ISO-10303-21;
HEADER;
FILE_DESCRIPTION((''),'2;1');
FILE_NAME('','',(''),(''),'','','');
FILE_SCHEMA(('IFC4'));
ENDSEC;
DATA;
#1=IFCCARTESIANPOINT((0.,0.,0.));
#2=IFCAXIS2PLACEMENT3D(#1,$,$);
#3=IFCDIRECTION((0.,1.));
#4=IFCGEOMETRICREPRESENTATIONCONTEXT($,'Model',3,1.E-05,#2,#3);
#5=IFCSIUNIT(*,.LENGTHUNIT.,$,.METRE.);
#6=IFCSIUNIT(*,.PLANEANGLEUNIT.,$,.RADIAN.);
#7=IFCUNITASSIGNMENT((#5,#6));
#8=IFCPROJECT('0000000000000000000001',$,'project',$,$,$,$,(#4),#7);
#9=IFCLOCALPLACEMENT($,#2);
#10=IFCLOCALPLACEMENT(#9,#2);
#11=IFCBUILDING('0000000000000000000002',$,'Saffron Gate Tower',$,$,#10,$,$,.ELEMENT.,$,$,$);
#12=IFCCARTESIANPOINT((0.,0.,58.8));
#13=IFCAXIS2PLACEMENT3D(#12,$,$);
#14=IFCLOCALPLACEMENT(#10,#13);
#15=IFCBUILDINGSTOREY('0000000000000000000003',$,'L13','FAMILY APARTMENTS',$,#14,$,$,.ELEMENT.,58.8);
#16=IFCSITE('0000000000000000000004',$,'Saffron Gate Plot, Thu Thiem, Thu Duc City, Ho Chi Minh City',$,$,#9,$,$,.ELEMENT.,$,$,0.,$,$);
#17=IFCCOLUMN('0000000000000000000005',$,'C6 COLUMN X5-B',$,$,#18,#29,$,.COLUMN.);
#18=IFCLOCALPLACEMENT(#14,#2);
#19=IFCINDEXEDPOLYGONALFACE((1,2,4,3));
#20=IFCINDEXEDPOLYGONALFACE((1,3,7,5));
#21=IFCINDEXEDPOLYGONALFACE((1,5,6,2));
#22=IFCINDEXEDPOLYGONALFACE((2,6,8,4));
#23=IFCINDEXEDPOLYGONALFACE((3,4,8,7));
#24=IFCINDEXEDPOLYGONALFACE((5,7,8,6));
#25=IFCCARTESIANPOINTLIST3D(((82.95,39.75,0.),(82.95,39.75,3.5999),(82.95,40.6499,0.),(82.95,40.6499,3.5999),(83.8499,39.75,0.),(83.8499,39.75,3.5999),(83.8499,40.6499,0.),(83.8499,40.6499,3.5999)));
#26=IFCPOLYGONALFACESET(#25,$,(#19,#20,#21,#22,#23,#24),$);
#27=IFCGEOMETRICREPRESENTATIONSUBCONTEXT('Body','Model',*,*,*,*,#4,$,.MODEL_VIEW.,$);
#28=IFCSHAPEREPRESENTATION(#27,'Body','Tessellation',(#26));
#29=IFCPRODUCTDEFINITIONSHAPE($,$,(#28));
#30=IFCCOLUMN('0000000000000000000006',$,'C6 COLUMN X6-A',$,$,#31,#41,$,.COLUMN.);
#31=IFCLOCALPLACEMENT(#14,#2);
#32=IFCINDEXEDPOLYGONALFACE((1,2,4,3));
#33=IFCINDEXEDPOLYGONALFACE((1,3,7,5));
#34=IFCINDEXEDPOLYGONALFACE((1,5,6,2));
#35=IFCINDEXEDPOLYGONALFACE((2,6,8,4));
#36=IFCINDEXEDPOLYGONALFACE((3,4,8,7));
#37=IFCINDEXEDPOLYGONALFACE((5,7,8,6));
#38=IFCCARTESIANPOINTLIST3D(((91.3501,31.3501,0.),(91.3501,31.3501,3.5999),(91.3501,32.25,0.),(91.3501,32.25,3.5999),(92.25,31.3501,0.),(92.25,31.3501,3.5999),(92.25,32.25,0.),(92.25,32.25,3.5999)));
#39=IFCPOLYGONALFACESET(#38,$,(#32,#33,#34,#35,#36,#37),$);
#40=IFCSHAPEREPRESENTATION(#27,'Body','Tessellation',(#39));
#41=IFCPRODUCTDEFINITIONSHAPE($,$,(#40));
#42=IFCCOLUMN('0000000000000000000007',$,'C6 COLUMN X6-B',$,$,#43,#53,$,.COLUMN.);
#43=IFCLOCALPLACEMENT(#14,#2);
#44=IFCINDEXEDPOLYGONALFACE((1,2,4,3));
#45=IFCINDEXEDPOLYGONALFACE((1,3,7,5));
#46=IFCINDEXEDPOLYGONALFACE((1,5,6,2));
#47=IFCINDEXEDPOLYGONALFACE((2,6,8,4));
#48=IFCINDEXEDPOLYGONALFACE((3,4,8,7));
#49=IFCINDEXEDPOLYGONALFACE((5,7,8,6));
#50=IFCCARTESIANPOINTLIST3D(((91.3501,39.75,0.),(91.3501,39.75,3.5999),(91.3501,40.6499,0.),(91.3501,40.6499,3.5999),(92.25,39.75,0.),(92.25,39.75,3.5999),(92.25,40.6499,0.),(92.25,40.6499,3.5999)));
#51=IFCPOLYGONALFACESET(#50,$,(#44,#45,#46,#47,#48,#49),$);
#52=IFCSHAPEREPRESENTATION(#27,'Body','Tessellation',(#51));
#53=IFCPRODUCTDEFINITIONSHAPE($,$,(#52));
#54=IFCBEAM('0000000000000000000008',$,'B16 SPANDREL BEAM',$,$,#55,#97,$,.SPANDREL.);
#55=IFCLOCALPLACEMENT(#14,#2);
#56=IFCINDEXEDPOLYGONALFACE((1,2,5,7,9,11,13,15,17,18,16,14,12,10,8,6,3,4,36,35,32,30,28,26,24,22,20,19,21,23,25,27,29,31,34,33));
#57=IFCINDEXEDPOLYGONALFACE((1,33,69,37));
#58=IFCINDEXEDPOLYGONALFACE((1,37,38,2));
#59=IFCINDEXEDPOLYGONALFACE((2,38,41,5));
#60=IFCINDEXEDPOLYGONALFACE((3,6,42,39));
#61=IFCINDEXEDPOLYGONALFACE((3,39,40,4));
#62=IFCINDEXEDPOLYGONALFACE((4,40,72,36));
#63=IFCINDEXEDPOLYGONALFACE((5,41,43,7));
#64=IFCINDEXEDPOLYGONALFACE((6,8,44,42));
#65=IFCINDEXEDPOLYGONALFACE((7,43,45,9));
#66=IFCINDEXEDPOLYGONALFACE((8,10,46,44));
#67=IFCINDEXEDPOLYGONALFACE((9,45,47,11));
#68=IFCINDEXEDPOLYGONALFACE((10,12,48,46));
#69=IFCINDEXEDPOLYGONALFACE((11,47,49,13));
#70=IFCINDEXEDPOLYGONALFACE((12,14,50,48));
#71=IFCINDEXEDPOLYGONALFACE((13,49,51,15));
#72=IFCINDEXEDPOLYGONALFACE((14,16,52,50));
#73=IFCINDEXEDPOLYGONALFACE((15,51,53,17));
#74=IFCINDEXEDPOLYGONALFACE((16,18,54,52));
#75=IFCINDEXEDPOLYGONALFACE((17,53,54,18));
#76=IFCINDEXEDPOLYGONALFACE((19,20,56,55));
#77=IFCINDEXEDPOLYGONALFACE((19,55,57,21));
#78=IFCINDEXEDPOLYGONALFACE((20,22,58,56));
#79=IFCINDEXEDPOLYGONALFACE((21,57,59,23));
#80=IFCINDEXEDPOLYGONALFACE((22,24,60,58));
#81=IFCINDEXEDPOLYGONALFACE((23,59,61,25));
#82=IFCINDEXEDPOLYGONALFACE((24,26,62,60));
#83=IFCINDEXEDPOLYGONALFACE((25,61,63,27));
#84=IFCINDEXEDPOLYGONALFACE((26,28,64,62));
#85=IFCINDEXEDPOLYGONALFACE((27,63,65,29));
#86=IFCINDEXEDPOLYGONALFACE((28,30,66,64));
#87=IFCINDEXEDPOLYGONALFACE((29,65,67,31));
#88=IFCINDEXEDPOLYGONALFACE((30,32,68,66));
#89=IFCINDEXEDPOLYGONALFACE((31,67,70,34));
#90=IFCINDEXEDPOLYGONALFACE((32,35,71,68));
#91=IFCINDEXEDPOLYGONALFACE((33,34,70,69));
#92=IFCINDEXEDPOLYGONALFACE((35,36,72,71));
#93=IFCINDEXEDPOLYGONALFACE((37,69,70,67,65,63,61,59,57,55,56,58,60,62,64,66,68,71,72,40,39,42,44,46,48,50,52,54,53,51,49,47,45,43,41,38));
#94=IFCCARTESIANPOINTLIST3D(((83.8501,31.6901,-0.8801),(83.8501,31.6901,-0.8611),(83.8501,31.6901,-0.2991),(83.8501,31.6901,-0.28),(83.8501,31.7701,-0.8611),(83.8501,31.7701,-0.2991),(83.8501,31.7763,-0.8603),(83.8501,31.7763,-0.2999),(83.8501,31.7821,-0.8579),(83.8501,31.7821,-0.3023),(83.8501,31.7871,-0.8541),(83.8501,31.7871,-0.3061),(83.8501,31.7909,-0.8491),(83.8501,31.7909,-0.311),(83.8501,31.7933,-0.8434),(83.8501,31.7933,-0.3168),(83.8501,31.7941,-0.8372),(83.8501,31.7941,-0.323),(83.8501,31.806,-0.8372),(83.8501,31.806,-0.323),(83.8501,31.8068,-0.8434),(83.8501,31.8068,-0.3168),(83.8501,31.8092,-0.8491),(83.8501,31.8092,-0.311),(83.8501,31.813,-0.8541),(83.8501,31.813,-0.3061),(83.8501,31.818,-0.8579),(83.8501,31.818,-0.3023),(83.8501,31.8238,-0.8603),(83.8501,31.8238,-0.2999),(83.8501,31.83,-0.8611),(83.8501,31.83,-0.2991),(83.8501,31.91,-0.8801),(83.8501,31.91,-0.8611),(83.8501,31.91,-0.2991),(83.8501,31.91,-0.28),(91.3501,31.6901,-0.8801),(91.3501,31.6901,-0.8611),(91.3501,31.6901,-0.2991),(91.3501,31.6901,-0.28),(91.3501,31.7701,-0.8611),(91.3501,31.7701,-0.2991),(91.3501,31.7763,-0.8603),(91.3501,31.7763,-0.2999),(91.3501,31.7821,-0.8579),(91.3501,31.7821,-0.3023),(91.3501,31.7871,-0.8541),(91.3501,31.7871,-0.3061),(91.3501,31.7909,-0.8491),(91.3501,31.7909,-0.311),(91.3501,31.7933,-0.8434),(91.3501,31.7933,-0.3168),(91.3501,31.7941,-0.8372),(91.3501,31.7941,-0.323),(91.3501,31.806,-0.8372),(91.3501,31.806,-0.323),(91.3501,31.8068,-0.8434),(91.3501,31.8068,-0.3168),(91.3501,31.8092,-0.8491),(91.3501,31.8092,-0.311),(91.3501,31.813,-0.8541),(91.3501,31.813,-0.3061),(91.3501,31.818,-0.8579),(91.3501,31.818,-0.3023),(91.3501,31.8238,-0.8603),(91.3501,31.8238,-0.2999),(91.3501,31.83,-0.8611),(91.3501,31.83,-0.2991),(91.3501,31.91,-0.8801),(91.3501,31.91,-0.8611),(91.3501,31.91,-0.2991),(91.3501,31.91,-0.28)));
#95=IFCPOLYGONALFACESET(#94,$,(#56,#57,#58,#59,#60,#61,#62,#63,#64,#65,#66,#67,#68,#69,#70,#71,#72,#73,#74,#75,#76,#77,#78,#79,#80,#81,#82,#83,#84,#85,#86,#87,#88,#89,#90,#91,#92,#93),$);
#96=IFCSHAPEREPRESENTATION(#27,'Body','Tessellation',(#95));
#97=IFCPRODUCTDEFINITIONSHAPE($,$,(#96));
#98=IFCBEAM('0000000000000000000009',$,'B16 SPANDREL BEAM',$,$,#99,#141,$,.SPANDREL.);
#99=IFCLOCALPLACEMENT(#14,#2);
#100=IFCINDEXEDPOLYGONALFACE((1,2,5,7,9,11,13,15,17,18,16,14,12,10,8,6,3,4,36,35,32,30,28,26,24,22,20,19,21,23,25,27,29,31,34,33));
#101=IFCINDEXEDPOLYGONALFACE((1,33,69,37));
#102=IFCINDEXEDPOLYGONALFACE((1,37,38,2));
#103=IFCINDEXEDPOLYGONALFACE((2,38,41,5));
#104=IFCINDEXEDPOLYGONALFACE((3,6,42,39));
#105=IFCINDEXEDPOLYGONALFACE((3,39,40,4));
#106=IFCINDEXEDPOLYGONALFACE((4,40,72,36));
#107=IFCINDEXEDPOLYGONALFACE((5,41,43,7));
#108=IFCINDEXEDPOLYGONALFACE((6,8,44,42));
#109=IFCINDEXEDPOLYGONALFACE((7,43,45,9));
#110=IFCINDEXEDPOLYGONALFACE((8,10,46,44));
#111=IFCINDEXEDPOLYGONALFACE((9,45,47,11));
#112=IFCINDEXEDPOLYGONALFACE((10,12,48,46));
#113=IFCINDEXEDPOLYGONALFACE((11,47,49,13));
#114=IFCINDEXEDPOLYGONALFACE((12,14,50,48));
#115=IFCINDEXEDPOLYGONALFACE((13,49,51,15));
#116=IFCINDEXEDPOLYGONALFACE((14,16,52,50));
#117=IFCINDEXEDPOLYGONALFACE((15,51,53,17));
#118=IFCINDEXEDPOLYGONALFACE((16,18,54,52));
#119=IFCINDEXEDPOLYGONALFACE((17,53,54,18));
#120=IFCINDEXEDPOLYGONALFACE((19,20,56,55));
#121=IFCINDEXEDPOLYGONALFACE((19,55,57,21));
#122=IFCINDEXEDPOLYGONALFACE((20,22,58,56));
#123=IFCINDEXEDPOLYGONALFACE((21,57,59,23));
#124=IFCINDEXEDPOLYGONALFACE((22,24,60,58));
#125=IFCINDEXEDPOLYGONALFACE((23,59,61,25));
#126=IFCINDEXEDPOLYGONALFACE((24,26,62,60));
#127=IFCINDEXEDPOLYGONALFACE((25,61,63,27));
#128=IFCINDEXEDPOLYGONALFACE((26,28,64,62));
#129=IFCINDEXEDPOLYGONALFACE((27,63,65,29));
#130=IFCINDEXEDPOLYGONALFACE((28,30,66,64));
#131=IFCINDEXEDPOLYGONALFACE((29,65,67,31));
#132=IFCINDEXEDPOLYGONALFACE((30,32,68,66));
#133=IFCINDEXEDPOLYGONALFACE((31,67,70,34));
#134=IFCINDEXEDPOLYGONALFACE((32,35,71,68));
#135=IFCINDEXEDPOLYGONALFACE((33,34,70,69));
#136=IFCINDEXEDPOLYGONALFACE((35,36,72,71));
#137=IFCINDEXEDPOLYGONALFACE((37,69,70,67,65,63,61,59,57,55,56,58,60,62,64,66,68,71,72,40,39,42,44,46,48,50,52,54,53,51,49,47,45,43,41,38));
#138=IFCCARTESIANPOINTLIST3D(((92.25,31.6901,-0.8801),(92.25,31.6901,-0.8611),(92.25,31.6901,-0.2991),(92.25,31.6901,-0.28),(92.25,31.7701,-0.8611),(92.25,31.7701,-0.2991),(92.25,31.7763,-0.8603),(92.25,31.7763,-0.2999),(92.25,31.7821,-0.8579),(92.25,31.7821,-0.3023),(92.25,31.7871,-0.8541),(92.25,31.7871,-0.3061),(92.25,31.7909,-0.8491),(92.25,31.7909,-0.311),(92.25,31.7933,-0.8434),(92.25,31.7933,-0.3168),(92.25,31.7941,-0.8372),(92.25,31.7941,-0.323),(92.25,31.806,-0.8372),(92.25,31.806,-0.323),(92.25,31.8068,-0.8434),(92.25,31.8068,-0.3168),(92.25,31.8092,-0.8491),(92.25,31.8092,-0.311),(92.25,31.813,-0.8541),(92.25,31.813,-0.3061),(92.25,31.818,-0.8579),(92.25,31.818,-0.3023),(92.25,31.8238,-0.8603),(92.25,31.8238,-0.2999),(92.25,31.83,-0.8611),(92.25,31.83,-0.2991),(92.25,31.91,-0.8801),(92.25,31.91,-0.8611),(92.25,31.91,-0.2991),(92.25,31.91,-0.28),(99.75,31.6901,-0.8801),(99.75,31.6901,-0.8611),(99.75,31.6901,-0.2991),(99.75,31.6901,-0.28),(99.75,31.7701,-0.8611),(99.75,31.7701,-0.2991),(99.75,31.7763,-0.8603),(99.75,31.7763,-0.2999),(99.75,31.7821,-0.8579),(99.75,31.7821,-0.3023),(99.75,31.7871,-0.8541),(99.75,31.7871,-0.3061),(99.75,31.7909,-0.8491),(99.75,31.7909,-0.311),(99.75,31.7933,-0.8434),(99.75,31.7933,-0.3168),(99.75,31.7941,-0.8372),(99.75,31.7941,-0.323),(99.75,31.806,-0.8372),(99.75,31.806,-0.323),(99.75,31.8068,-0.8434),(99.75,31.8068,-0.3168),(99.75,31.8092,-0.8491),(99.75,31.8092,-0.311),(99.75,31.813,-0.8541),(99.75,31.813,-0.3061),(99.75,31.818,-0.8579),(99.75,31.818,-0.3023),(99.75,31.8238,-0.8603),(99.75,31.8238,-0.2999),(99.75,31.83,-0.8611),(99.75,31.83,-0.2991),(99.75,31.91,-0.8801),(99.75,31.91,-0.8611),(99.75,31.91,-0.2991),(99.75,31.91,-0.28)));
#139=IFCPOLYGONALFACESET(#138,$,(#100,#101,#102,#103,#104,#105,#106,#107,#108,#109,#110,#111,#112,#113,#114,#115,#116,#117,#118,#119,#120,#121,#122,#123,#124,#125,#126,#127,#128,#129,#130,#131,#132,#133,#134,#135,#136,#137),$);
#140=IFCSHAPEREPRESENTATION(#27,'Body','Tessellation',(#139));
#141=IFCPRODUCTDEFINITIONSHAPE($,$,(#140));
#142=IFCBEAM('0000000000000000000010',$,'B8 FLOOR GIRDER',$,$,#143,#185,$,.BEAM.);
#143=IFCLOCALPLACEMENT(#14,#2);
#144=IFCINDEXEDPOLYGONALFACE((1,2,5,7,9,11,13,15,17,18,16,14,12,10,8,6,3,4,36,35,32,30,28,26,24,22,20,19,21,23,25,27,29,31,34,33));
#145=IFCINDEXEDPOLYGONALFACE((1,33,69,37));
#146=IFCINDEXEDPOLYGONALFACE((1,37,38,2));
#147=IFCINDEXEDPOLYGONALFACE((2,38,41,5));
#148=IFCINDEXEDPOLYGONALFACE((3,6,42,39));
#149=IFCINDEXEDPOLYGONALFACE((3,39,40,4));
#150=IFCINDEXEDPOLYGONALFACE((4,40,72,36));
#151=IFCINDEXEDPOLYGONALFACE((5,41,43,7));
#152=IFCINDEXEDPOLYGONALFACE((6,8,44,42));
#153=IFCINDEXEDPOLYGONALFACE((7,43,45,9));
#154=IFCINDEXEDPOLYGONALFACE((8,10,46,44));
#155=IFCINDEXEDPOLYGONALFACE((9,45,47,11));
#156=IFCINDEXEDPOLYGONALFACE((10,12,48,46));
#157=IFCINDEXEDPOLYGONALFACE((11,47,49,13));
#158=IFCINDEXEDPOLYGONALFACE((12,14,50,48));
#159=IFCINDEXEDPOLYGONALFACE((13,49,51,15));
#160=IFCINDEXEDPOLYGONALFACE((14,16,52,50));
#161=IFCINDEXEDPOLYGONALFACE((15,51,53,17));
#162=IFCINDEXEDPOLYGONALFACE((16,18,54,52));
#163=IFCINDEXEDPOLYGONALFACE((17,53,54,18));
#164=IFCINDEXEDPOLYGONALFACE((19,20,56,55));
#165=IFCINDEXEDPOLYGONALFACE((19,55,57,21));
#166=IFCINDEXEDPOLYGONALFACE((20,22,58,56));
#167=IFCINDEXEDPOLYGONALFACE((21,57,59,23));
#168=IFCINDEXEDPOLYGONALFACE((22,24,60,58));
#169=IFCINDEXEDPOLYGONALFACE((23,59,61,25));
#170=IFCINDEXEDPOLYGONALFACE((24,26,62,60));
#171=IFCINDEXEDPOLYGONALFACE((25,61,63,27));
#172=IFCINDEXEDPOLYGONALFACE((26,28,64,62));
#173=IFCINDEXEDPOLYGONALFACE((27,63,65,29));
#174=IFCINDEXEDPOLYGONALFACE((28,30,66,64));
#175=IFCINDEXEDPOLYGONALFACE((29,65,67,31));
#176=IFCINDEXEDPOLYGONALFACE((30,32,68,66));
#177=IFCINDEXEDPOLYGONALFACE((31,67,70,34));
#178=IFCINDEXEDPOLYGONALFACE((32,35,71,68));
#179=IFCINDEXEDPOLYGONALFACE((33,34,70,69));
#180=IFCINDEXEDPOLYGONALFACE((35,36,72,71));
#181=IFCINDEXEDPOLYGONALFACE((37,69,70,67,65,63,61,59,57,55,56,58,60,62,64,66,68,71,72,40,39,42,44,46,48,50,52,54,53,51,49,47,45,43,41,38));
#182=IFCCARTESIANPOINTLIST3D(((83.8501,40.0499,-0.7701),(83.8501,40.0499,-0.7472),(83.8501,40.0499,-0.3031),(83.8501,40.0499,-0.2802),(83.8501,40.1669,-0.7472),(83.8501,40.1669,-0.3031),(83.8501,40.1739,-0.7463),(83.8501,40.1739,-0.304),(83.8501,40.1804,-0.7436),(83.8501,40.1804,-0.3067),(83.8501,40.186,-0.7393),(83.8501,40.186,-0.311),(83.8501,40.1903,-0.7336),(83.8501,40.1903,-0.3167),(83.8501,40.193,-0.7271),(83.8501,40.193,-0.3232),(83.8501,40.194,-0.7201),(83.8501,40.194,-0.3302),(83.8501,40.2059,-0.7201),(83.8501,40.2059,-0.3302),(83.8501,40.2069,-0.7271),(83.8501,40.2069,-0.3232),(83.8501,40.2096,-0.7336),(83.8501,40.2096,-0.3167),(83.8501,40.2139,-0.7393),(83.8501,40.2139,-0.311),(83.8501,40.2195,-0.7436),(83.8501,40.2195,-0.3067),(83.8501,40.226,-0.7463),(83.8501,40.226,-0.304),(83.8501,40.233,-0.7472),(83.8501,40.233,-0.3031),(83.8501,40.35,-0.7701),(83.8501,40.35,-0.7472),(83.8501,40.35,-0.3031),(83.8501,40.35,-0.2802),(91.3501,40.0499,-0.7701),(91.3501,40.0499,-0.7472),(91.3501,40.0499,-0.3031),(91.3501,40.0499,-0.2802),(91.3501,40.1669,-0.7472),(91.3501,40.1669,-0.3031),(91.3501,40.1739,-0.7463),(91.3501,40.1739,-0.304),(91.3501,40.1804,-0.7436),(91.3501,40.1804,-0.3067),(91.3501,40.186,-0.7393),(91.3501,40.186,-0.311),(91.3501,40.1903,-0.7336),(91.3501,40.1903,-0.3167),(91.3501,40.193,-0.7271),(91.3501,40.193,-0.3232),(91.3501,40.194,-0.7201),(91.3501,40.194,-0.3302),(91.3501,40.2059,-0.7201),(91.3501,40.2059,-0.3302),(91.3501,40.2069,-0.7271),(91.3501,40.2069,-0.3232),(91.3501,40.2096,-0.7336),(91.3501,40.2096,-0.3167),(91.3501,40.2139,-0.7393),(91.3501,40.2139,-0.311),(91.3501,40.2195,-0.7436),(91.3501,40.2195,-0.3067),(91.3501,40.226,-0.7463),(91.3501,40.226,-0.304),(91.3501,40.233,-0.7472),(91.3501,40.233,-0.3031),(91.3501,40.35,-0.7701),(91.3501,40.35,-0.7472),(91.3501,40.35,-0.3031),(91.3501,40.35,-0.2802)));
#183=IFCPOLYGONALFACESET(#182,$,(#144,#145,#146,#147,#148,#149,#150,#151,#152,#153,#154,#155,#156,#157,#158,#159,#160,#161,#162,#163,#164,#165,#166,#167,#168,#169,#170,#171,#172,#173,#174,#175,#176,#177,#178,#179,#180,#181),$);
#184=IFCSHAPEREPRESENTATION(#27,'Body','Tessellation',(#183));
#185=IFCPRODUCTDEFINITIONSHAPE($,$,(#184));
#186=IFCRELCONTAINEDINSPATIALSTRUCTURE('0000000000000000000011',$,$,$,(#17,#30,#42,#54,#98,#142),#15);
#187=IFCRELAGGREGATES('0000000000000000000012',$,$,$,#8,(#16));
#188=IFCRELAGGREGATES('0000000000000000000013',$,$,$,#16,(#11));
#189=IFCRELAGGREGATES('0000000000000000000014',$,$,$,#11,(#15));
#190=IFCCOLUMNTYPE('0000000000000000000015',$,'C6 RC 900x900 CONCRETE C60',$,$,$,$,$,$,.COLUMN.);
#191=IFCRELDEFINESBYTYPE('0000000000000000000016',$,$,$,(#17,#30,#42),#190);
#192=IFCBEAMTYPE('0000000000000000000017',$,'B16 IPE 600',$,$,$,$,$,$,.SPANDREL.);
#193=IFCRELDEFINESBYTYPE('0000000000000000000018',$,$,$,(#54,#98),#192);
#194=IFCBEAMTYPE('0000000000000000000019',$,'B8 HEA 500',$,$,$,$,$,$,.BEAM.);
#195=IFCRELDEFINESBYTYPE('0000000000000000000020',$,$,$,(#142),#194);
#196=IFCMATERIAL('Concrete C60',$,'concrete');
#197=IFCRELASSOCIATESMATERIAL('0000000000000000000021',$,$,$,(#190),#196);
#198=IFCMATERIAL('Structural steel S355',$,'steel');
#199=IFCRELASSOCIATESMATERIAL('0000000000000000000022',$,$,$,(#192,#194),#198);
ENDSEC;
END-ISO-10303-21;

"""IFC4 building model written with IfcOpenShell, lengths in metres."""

from ifc_helpers import new_model, si_unit, direction, frame, origin, origin_2d, place, context, subcontext, project, spatial, rectangle, i_section, extrude, material, material_profile, profile_set, type_object, element, save


model = new_model("IFC4")

# Units and contexts
model_context = context("Model", 3, precision=1e-05, world=origin(), true_north=direction((0.0, 1.0)))
body_context = subcontext(model_context, "Body", "Model", "MODEL_VIEW")
ifc_project = project(units=[si_unit("LENGTHUNIT", "METRE"), si_unit("PLANEANGLEUNIT", "RADIAN")], contexts=[model_context])

# Site, building, storey
site_placement = place(None, origin())
site = spatial("IfcSite", under=ifc_project, at=site_placement, Name="Saffron Gate Plot, Thu Thiem, Thu Duc City, Ho Chi Minh City", CompositionType="ELEMENT", RefElevation=0.0)
building_placement = place(site_placement, origin())
building = spatial("IfcBuilding", under=site, at=building_placement, Name="Saffron Gate Tower", CompositionType="ELEMENT")
storey_placement = place(building_placement, frame((0.0, 0.0, 58.8)))
storey = spatial("IfcBuildingStorey", under=building, at=storey_placement, Name="L13", Description="FAMILY APARTMENTS", CompositionType="ELEMENT", Elevation=58.8)

# Columns
ifc_material_1 = material(Name="Concrete C60", Category="concrete")
ifc_material_profile_1 = material_profile(ifc_material_1, rectangle(XDim=0.8999, YDim=0.8999, at=origin_2d()))
ifc_profile_set_1 = profile_set([ifc_material_profile_1], Name="Concrete C60")
column_type = type_object("IfcColumnType", Name="C6 RC 900x900 CONCRETE C60", PredefinedType="COLUMN", material=ifc_profile_set_1)
for number, where, z_axis, x_axis, name in (
    (1, (83.3999, 40.2, 0.0), (0.0, 0.0, 1.0), (1.0, 0.0, 0.0), "C6 COLUMN X5-B"),
    (2, (91.8, 31.8, 0.0), (0.0, 0.0, 1.0), (1.0, 0.0, 0.0), "C6 COLUMN X6-A"),
    (3, (91.8, 40.2, 0.0), (0.0, 0.0, 1.0), (1.0, 0.0, 0.0), "C6 COLUMN X6-B"),
):
    element("IfcColumn", number, at=place(storey_placement, frame(where, z_axis=z_axis, x_axis=x_axis)), inside=storey, type_object=column_type, Name=name, PredefinedType="COLUMN", context=body_context, shape_type="SweptSolid", body=[
        extrude(rectangle(XDim=0.8999, YDim=0.8999, at=origin_2d()), origin(), (0.0, 0.0, 1.0), 3.5999),
    ])

# Beams
ifc_material_2 = material(Name="Structural steel S355", Category="steel")
ifc_material_profile_2 = material_profile(ifc_material_2, i_section(OverallWidth=0.22, OverallDepth=0.6001, WebThickness=0.012, FlangeThickness=0.019, FilletRadius=0.0239, at=origin_2d()))
ifc_profile_set_2 = profile_set([ifc_material_profile_2], Name="Structural steel S355")
beam_type_1 = type_object("IfcBeamType", Name="B16 IPE 600", PredefinedType="SPANDREL", material=ifc_profile_set_2)
for number, where, z_axis, x_axis, name in (
    (4, (83.8501, 31.8, -0.5801), (1.0, 0.0, 0.0), (0.0, 1.0, 0.0), "B16 SPANDREL BEAM"),
    (5, (92.25, 31.8, -0.5801), (1.0, 0.0, 0.0), (0.0, 1.0, 0.0), "B16 SPANDREL BEAM"),
):
    element("IfcBeam", number, at=place(storey_placement, frame(where, z_axis=z_axis, x_axis=x_axis)), inside=storey, type_object=beam_type_1, Name=name, PredefinedType="SPANDREL", context=body_context, shape_type="SweptSolid", body=[
        extrude(i_section(OverallWidth=0.22, OverallDepth=0.6001, WebThickness=0.012, FlangeThickness=0.019, FilletRadius=0.0239, at=origin_2d()), origin(), (0.0, 0.0, 1.0), 7.5),
    ])
ifc_material_profile_3 = material_profile(ifc_material_2, i_section(OverallWidth=0.3, OverallDepth=0.49, WebThickness=0.012, FlangeThickness=0.0229, FilletRadius=0.0271, at=origin_2d()))
ifc_profile_set_3 = profile_set([ifc_material_profile_3], Name="Structural steel S355")
beam_type_2 = type_object("IfcBeamType", Name="B8 HEA 500", PredefinedType="BEAM", material=ifc_profile_set_3)
for number, where, z_axis, x_axis, name in (
    (6, (83.8501, 40.2, -0.5251), (1.0, 0.0, 0.0), (0.0, 1.0, 0.0), "B8 FLOOR GIRDER"),
):
    element("IfcBeam", number, at=place(storey_placement, frame(where, z_axis=z_axis, x_axis=x_axis)), inside=storey, type_object=beam_type_2, Name=name, PredefinedType="BEAM", context=body_context, shape_type="SweptSolid", body=[
        extrude(i_section(OverallWidth=0.3, OverallDepth=0.49, WebThickness=0.012, FlangeThickness=0.0229, FilletRadius=0.0271, at=origin_2d()), origin(), (0.0, 0.0, 1.0), 7.5),
    ])

save(model, "model.ifc")
